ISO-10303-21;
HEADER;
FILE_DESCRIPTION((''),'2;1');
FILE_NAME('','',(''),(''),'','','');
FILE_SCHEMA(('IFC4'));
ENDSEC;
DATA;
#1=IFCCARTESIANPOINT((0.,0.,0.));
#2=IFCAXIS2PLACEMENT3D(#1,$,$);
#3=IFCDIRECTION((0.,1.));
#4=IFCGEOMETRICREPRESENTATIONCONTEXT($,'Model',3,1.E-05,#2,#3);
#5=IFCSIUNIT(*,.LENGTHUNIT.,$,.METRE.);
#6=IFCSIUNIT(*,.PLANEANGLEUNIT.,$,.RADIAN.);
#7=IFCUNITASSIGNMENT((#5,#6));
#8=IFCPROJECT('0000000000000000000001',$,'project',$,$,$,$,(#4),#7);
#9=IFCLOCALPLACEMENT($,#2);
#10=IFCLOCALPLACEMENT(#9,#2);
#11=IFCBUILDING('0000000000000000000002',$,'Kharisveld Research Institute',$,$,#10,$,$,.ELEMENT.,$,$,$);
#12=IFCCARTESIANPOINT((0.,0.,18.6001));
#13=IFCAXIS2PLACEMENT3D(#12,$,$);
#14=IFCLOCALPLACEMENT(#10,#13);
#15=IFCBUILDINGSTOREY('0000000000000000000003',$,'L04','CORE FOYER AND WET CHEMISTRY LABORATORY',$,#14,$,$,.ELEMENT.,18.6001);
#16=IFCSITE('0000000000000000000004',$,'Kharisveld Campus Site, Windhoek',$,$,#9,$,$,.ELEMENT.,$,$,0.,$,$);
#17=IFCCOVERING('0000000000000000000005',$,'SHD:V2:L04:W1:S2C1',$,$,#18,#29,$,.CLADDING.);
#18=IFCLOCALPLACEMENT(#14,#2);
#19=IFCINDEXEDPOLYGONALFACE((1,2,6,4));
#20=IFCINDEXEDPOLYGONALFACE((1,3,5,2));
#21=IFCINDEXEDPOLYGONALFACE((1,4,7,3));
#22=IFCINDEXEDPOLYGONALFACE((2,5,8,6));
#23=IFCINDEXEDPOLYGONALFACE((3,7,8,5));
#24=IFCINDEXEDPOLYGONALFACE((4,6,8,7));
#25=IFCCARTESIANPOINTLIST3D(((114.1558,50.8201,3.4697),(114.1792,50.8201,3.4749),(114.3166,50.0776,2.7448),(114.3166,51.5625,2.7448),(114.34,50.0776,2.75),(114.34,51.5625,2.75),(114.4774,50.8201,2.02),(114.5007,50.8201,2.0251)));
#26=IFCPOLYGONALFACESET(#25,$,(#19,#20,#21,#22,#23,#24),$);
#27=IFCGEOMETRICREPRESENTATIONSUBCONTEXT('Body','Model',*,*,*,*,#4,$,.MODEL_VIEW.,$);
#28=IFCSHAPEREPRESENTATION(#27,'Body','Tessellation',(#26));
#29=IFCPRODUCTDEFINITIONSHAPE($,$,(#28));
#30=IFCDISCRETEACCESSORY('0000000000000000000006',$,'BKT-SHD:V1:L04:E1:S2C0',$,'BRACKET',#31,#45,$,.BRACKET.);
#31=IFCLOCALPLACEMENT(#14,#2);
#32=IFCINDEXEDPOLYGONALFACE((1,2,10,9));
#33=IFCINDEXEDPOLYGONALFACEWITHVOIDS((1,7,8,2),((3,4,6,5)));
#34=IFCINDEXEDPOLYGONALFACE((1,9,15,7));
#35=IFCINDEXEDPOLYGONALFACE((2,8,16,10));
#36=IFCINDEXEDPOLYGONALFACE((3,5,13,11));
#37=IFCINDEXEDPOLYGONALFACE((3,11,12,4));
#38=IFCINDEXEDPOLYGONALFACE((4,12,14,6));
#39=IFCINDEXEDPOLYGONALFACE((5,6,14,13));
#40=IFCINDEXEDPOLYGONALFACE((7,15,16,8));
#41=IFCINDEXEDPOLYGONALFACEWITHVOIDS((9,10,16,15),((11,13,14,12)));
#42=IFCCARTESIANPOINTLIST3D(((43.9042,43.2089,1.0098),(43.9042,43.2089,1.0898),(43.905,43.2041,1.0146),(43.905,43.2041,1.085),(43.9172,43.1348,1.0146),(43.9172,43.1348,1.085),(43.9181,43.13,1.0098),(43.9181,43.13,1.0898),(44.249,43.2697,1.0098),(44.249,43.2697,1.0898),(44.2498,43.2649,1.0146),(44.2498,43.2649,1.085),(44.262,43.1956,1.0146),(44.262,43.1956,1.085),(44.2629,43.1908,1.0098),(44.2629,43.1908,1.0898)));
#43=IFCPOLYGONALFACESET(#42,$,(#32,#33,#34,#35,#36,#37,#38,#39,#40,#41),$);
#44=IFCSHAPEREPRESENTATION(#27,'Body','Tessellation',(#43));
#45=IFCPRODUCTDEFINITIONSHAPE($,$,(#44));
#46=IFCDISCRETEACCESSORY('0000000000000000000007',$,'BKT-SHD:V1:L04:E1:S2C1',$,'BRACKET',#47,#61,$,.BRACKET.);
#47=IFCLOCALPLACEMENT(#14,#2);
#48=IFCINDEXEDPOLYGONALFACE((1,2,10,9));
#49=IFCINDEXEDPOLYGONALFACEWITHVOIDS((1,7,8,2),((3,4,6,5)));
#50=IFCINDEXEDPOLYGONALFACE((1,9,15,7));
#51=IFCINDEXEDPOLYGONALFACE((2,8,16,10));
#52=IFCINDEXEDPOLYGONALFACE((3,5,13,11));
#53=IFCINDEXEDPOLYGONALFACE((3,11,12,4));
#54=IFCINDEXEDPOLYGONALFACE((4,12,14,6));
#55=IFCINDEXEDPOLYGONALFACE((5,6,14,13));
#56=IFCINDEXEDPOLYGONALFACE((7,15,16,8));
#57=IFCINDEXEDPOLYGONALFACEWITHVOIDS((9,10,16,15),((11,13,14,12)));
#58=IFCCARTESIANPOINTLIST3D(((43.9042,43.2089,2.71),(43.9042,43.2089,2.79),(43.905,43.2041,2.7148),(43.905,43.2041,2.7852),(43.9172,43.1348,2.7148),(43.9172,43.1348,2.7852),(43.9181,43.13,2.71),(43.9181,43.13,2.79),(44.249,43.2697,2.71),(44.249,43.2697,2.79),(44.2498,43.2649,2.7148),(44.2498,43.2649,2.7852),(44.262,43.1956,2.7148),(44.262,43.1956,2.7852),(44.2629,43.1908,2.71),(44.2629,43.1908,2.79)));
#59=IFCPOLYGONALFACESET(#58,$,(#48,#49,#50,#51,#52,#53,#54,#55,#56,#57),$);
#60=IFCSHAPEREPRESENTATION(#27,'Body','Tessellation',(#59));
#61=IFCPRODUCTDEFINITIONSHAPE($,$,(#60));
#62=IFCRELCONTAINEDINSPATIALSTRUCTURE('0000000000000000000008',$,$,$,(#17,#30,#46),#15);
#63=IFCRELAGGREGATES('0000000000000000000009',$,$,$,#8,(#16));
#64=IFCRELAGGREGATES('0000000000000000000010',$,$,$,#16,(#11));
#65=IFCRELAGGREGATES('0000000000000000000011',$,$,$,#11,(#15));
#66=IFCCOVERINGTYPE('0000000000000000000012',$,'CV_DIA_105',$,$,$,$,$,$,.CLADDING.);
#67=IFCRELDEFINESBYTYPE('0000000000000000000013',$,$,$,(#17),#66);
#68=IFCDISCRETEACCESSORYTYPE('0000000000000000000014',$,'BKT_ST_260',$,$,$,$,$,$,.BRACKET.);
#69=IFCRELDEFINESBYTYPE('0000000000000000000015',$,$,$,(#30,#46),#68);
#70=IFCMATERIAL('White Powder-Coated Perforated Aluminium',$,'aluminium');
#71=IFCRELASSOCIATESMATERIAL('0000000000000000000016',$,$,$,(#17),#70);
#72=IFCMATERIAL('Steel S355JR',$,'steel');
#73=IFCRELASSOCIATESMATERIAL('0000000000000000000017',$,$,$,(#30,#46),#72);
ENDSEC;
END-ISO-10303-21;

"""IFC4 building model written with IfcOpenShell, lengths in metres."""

from ifc_helpers import new_model, si_unit, direction, frame, origin, origin_2d, place, context, subcontext, project, spatial, polyline, hollow_rectangle, outline, extrude, material, type_object, element, save


model = new_model("IFC4")

# Units and contexts
model_context = context("Model", 3, precision=1e-05, world=origin(), true_north=direction((0.0, 1.0)))
body_context = subcontext(model_context, "Body", "Model", "MODEL_VIEW")
ifc_project = project(units=[si_unit("LENGTHUNIT", "METRE"), si_unit("PLANEANGLEUNIT", "RADIAN")], contexts=[model_context])

# Site, building, storey
site_placement = place(None, origin())
site = spatial("IfcSite", under=ifc_project, at=site_placement, Name="Kharisveld Campus Site, Windhoek", CompositionType="ELEMENT", RefElevation=0.0)
building_placement = place(site_placement, origin())
building = spatial("IfcBuilding", under=site, at=building_placement, Name="Kharisveld Research Institute", CompositionType="ELEMENT")
storey_placement = place(building_placement, frame((0.0, 0.0, 18.6001)))
storey = spatial("IfcBuildingStorey", under=building, at=storey_placement, Name="L04", Description="CORE FOYER AND WET CHEMISTRY LABORATORY", CompositionType="ELEMENT", Elevation=18.6001)

# Covering
ifc_material_1 = material(Name="White Powder-Coated Perforated Aluminium", Category="aluminium")
covering_type = type_object("IfcCoveringType", Name="CV_DIA_105", PredefinedType="CLADDING")
for number, where, z_axis, x_axis, name in (
    (1, (114.5007, 50.8201, 2.0251), (0.976276, 0.0, 0.21653), (-0.153111, 0.707102, 0.690336), "SHD:V2:L04:W1:S2C1"),
):
    element("IfcCovering", number, at=place(storey_placement, frame(where, z_axis=z_axis, x_axis=x_axis)), inside=storey, type_object=covering_type, material=ifc_material_1, Name=name, PredefinedType="CLADDING", context=body_context, shape_type="SweptSolid", body=[
        extrude(outline(polyline([(0.0, 0.0), (1.05, 0.0), (1.05, 1.05), (0.0, 1.05), (0.0, 0.0)])), origin(), (0.0, 0.0, -1.0), 0.0239),
    ])

# Discrete accessories
ifc_material_2 = material(Name="Steel S355JR", Category="steel")
discrete_accessory_type = type_object("IfcDiscreteAccessoryType", Name="BKT_ST_260", PredefinedType="BRACKET")
for number, where, z_axis, x_axis, name in (
    (2, (43.9111, 43.1694, 1.0498), (0.984805, 0.173666, 0.0), (-0.173666, 0.984805, 0.0), "BKT-SHD:V1:L04:E1:S2C0"),
    (3, (43.9111, 43.1694, 2.75), (0.984805, 0.173666, 0.0), (-0.173666, 0.984805, 0.0), "BKT-SHD:V1:L04:E1:S2C1"),
):
    element("IfcDiscreteAccessory", number, at=place(storey_placement, frame(where, z_axis=z_axis, x_axis=x_axis)), inside=storey, type_object=discrete_accessory_type, material=ifc_material_2, Name=name, ObjectType="BRACKET", PredefinedType="BRACKET", context=body_context, shape_type="SweptSolid", body=[
        extrude(hollow_rectangle(XDim=0.0801, YDim=0.0801, WallThickness=0.0049, at=origin_2d()), origin(), (0.0, 0.0, 1.0), 0.3501),
    ])

save(model, "model.ifc")
